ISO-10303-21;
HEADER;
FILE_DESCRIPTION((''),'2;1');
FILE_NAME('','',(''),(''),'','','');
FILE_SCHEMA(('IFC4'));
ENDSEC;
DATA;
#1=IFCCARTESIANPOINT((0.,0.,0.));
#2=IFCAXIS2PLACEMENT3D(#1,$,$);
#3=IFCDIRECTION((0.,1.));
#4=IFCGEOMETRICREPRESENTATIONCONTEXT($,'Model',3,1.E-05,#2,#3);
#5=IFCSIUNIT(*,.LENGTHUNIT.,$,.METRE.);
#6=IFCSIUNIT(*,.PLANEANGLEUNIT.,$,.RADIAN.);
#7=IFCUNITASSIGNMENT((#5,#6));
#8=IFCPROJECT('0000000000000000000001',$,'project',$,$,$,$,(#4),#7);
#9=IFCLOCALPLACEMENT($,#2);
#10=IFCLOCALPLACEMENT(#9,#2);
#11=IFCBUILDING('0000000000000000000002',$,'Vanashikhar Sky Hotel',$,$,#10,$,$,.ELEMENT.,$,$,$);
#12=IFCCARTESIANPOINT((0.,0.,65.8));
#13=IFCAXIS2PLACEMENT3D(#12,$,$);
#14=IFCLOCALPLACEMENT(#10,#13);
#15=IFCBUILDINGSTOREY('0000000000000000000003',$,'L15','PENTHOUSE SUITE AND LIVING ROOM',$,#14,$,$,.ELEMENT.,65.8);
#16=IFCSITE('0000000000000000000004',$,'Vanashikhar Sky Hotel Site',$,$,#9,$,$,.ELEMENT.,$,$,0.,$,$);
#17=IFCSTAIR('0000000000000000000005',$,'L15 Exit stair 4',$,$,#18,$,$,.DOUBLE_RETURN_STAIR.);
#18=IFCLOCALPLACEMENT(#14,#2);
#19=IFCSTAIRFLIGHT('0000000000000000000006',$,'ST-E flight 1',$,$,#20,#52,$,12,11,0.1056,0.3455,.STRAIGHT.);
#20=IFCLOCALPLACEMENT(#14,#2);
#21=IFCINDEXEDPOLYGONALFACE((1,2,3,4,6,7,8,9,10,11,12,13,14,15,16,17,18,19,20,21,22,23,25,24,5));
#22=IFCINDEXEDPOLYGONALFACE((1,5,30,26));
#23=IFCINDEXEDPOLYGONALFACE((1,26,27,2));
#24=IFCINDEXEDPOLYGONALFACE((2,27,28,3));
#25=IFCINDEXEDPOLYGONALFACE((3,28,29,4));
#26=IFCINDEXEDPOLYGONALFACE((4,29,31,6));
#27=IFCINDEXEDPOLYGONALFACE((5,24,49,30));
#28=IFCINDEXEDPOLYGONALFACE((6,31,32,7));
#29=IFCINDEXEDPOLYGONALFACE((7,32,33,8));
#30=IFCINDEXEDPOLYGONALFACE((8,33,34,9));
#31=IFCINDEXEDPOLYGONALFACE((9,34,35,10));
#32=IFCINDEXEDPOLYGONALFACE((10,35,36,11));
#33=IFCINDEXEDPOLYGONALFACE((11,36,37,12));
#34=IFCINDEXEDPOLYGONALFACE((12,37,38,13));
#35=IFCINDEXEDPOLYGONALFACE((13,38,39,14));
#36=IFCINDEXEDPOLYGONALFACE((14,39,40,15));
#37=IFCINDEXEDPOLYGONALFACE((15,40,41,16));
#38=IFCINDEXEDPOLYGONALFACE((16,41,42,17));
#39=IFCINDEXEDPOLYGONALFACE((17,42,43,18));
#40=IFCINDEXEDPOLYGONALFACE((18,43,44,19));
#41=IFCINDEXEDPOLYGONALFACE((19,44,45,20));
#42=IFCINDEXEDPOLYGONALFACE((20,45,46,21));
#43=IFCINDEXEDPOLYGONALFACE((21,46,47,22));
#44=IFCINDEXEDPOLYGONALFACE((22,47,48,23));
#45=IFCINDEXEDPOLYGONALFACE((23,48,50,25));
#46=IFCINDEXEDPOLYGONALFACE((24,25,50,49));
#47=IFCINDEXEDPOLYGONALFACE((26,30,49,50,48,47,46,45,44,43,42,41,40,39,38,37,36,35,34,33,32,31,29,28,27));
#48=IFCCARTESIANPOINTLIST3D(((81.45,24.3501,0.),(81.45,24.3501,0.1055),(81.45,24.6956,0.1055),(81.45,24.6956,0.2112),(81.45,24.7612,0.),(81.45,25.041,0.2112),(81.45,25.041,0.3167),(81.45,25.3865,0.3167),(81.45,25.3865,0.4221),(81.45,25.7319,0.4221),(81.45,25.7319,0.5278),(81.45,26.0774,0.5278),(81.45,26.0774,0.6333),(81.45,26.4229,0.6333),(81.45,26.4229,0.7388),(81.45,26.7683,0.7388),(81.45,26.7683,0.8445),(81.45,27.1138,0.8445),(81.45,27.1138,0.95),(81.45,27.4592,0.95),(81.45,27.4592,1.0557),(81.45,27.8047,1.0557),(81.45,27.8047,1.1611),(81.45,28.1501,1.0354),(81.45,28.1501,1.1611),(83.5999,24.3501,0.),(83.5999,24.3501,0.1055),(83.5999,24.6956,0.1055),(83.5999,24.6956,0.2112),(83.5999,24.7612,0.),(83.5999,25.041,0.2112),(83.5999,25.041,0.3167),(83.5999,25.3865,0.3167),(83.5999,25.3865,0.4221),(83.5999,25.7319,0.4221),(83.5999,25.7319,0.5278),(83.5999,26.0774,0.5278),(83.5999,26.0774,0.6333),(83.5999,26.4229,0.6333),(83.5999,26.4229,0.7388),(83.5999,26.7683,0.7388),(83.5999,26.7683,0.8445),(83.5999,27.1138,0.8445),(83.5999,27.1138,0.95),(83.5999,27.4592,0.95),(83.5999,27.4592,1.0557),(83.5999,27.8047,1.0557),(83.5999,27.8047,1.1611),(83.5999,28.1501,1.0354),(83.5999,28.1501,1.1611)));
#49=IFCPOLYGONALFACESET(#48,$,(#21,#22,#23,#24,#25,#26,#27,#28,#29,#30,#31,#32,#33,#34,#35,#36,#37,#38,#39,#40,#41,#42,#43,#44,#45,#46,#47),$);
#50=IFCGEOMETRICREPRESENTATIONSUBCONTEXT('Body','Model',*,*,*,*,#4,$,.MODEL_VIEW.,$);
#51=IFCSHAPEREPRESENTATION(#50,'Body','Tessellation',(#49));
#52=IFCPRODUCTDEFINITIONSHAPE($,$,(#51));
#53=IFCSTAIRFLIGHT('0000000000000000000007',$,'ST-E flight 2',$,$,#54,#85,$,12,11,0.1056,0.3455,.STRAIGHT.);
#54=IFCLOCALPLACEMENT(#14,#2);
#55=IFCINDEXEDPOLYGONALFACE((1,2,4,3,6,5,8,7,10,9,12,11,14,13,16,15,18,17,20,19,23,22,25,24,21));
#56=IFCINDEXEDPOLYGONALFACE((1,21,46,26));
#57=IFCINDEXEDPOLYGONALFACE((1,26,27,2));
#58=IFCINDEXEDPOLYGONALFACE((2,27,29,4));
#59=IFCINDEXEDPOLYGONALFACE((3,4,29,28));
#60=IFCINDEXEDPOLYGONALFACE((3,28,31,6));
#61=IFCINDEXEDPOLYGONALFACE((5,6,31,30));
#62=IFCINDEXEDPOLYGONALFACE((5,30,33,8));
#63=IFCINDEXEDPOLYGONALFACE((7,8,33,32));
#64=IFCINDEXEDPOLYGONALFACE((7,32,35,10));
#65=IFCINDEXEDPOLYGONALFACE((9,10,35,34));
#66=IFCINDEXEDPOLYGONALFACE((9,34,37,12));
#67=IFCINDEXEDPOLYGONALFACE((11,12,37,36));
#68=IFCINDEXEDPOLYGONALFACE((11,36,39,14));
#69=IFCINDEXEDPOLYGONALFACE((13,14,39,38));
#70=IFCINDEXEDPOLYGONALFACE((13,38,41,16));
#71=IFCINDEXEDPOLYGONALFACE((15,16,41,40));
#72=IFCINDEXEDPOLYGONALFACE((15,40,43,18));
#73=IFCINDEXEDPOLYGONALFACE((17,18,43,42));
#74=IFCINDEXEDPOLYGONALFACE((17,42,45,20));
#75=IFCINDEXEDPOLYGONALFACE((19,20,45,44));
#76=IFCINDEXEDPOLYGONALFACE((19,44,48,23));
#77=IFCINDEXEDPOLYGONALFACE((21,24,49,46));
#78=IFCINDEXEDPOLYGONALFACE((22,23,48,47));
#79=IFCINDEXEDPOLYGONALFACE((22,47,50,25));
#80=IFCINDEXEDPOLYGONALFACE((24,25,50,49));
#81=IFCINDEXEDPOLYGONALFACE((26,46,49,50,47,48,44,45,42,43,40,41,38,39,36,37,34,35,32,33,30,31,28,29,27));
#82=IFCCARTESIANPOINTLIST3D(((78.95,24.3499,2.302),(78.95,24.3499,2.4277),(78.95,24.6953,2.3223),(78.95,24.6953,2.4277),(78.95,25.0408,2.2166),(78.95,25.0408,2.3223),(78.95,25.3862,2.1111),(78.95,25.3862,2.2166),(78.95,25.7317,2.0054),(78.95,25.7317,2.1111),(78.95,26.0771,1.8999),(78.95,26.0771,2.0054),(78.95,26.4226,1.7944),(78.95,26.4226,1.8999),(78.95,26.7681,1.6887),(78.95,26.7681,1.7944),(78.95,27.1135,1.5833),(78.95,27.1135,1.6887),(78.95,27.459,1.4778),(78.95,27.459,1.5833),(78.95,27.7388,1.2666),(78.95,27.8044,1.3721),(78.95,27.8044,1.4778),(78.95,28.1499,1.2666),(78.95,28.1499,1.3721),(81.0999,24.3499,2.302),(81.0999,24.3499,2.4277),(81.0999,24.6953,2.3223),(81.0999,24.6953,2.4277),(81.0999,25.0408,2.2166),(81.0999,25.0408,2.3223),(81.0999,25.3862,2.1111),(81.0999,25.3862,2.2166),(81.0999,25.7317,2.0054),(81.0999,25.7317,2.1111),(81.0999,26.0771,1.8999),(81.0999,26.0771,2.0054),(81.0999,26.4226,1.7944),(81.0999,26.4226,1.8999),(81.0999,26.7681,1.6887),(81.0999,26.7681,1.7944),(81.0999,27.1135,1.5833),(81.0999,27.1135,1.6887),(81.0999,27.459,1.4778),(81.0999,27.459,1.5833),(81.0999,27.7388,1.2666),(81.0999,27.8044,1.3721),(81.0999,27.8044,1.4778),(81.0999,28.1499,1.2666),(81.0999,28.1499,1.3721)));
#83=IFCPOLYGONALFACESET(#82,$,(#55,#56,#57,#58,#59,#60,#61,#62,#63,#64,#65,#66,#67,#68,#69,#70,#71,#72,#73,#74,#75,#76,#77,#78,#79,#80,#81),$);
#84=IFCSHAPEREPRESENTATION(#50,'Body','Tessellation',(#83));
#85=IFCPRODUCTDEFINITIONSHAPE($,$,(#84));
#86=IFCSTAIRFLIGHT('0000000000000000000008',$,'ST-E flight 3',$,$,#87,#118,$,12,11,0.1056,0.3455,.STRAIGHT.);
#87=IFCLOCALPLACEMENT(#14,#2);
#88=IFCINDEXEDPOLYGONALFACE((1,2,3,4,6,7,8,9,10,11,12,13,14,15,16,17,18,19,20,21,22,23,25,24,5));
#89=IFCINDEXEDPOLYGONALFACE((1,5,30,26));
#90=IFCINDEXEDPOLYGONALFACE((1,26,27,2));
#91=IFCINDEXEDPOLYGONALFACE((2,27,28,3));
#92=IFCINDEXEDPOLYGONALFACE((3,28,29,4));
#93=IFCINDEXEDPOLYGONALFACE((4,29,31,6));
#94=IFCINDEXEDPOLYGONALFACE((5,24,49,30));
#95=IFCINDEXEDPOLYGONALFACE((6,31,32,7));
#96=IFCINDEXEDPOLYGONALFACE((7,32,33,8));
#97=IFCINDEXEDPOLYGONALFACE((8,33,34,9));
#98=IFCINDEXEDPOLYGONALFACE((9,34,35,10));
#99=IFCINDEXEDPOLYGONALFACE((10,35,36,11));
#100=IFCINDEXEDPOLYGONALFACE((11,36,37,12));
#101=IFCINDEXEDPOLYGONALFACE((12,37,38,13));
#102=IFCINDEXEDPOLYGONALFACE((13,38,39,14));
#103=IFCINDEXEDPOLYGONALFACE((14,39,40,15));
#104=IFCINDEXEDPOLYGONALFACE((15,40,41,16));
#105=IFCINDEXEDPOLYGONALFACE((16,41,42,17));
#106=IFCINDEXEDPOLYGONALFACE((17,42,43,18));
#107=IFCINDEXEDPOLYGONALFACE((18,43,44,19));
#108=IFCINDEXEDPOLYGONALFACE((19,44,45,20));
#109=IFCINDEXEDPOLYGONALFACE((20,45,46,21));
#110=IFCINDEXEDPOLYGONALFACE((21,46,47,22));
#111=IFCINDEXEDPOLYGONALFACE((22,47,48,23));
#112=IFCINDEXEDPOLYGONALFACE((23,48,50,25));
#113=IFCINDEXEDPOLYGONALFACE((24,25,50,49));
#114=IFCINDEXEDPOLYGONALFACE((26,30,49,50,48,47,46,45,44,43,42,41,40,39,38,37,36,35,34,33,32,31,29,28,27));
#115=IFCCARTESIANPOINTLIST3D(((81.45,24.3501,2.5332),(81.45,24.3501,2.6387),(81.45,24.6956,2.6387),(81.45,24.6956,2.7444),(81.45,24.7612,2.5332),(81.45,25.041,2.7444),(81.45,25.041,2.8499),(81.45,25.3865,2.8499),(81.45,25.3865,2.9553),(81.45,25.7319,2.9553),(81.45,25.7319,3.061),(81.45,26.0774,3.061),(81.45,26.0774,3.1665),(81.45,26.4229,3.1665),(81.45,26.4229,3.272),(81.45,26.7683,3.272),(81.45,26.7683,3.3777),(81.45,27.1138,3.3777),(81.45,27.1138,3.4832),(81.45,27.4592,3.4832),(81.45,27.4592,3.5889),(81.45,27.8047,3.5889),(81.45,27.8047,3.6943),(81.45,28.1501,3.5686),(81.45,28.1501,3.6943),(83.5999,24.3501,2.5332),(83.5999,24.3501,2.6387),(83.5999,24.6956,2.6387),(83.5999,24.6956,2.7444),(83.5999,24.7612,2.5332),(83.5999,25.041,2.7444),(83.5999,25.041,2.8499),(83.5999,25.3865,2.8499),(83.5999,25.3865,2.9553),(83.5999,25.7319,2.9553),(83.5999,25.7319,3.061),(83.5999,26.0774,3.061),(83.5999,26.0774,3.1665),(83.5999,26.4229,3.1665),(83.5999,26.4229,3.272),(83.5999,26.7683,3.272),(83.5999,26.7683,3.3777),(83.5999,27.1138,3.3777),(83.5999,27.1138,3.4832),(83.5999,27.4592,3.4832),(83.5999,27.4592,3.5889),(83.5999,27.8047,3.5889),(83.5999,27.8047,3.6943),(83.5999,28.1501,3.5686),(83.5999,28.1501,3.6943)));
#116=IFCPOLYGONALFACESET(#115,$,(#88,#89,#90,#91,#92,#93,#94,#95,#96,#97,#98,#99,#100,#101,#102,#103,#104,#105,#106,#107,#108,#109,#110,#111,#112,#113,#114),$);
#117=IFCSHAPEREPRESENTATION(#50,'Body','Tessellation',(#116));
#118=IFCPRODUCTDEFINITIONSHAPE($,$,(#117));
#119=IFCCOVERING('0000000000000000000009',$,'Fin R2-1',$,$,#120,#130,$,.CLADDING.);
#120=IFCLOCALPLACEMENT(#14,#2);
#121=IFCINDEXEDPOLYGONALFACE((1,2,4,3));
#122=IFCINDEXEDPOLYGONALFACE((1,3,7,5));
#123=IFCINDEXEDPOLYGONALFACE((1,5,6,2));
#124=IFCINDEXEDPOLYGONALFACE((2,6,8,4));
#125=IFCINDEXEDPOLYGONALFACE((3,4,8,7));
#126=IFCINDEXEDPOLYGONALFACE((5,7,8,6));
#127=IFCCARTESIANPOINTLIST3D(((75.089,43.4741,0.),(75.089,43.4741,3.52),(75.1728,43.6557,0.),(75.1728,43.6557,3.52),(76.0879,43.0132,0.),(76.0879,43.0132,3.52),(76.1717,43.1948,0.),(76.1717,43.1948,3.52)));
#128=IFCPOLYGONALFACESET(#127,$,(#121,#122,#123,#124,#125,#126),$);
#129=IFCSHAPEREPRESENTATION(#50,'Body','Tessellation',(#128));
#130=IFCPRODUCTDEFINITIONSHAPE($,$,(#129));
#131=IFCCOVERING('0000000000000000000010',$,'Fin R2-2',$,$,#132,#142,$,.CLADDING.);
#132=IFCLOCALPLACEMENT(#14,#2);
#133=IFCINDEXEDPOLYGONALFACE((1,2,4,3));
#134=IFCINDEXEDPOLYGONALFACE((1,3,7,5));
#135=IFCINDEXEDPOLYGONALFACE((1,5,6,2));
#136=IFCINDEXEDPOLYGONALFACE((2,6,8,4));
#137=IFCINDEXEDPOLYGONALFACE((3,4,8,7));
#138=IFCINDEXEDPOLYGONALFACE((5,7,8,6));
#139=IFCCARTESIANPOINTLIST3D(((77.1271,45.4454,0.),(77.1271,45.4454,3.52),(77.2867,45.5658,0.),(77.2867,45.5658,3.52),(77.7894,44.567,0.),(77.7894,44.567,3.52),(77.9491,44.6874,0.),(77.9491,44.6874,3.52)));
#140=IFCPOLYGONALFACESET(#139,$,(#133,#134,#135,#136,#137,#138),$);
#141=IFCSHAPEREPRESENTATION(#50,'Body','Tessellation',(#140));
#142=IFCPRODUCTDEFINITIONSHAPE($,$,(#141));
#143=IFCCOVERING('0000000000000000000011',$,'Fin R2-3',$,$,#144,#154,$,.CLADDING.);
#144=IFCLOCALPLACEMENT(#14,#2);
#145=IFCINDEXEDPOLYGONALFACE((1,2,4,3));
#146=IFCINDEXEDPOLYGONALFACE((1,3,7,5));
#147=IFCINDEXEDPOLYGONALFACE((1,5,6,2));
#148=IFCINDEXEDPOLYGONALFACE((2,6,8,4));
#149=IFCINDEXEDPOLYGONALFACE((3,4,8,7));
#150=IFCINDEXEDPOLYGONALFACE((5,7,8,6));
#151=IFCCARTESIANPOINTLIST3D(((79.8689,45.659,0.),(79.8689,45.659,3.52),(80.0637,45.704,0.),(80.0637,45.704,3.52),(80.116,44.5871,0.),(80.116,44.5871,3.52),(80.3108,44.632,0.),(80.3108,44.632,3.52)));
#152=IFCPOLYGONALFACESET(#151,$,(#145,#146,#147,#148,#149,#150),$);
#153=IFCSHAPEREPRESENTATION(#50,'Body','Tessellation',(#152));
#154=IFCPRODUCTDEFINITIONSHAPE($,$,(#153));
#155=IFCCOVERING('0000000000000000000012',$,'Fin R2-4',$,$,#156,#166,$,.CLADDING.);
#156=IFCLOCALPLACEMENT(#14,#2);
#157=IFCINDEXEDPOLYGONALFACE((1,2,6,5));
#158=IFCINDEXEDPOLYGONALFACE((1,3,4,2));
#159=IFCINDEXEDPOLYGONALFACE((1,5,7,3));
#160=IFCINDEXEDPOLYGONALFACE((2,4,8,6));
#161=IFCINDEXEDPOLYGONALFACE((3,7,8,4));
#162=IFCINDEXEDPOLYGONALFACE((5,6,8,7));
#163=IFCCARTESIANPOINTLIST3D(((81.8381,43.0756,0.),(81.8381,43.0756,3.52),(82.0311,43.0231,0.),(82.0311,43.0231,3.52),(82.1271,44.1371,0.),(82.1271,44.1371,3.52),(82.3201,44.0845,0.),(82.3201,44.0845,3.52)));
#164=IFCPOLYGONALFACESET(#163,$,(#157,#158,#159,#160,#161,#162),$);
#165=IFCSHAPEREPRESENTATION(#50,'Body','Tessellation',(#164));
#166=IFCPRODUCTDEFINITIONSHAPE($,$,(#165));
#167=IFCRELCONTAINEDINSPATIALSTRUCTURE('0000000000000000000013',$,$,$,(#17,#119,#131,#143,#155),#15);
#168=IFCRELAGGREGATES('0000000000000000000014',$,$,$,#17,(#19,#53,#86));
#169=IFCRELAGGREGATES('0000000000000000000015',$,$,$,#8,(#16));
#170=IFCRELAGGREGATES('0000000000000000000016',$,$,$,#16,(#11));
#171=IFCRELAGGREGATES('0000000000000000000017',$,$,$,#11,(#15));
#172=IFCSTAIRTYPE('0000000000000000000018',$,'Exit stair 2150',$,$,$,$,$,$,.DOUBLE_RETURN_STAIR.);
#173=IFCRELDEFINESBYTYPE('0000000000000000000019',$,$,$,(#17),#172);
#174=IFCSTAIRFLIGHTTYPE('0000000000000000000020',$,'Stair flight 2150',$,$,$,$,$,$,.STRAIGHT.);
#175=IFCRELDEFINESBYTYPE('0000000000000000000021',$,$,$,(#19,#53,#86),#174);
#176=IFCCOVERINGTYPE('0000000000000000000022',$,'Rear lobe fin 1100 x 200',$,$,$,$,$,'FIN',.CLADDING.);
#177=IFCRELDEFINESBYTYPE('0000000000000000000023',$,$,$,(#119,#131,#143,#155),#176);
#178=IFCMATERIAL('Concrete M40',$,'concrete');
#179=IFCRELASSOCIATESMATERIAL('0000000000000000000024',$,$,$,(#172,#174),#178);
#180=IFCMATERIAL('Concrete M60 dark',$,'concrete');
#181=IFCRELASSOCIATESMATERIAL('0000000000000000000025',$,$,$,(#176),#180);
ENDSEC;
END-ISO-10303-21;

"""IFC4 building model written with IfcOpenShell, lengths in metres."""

from ifc_helpers import new_model, si_unit, direction, frame, origin, origin_2d, place, context, subcontext, project, spatial, polyline, rectangle, outline, extrude, source, transform, mapped, material, material_profile, profile_set, type_object, element, aggregate, save


model = new_model("IFC4")

# Units and contexts
model_context = context("Model", 3, precision=1e-05, world=origin(), true_north=direction((0.0, 1.0)))
body_context = subcontext(model_context, "Body", "Model", "MODEL_VIEW")
ifc_project = project(units=[si_unit("LENGTHUNIT", "METRE"), si_unit("PLANEANGLEUNIT", "RADIAN")], contexts=[model_context])

# Site, building, storey
site_placement = place(None, origin())
site = spatial("IfcSite", under=ifc_project, at=site_placement, Name="Vanashikhar Sky Hotel Site", CompositionType="ELEMENT", RefElevation=0.0)
building_placement = place(site_placement, origin())
building = spatial("IfcBuilding", under=site, at=building_placement, Name="Vanashikhar Sky Hotel", CompositionType="ELEMENT")
storey_placement = place(building_placement, frame((0.0, 0.0, 65.8)))
storey = spatial("IfcBuildingStorey", under=building, at=storey_placement, Name="L15", Description="PENTHOUSE SUITE AND LIVING ROOM", CompositionType="ELEMENT", Elevation=65.8)

# Stair, stair flights
ifc_material_1 = material(Name="Concrete M40", Category="concrete")
stair_type = type_object("IfcStairType", Name="Exit stair 2150", PredefinedType="DOUBLE_RETURN_STAIR", material=ifc_material_1)
stair_placement = place(storey_placement, origin())
stair = element("IfcStair", 1, at=stair_placement, inside=storey, type_object=stair_type, Name="L15 Exit stair 4", PredefinedType="DOUBLE_RETURN_STAIR")
stair_flight_type = type_object("IfcStairFlightType", Name="Stair flight 2150", PredefinedType="STRAIGHT", material=ifc_material_1)
shared_shape_1 = source(origin(), body_context, "Body", "SweptSolid", [
    extrude(outline(polyline([(0.0, 0.0), (0.0, 0.1055), (0.3455, 0.1055), (0.3455, 0.2112), (0.6909, 0.2112), (0.6909, 0.3167), (1.0364, 0.3167), (1.0364, 0.4221), (1.3818, 0.4221), (1.3818, 0.5278), (1.7273, 0.5278), (1.7273, 0.6333), (2.0728, 0.6333), (2.0728, 0.7388), (2.4182, 0.7388), (2.4182, 0.8445), (2.7637, 0.8445), (2.7637, 0.95), (3.1091, 0.95), (3.1091, 1.0557), (3.4546, 1.0557), (3.4546, 1.1611), (3.8, 1.1611), (3.8, 1.2666), (3.8, 1.0354), (0.4111, 0.0), (0.0, 0.0)])), frame((0.0, 1.075, 0.0), z_axis=(0.0, -1.0, 0.0), x_axis=(1.0, 0.0, 0.0)), (0.0, 0.0, 1.0), 2.1499),
])
stair_flight_1_placement = place(storey_placement, frame((82.5249, 24.3501, 0.0), z_axis=(0.0, 0.0, 1.0), x_axis=(0.0, 1.0, 0.0)))
stair_flight_1 = element("IfcStairFlight", 2, at=stair_flight_1_placement, type_object=stair_flight_type, Name="ST-E flight 1", NumberOfRisers=12, NumberOfTreads=11, PredefinedType="STRAIGHT", RiserHeight=0.1056, TreadLength=0.3455, context=body_context, shape_type="MappedRepresentation", body=[
    mapped(shared_shape_1, transform((0.0, 0.0, 0.0), scale=1.0)),
])
stair_flight_2_placement = place(storey_placement, frame((80.0249, 28.1499, 1.2666), z_axis=(0.0, 0.0, 1.0), x_axis=(0.0, -1.0, 0.0)))
stair_flight_2 = element("IfcStairFlight", 3, at=stair_flight_2_placement, type_object=stair_flight_type, Name="ST-E flight 2", NumberOfRisers=12, NumberOfTreads=11, PredefinedType="STRAIGHT", RiserHeight=0.1056, TreadLength=0.3455, context=body_context, shape_type="MappedRepresentation", body=[
    mapped(shared_shape_1, transform((0.0, 0.0, 0.0), scale=1.0)),
])
stair_flight_3_placement = place(storey_placement, frame((82.5249, 24.3501, 2.5332), z_axis=(0.0, 0.0, 1.0), x_axis=(0.0, 1.0, 0.0)))
stair_flight_3 = element("IfcStairFlight", 4, at=stair_flight_3_placement, type_object=stair_flight_type, Name="ST-E flight 3", NumberOfRisers=12, NumberOfTreads=11, PredefinedType="STRAIGHT", RiserHeight=0.1056, TreadLength=0.3455, context=body_context, shape_type="MappedRepresentation", body=[
    mapped(shared_shape_1, transform((0.0, 0.0, 0.0), scale=1.0)),
])
aggregate(stair, [stair_flight_1, stair_flight_2, stair_flight_3])

# Coverings
ifc_material_2 = material(Name="Concrete M60 dark", Category="concrete")
ifc_material_profile_1 = material_profile(ifc_material_2, rectangle(XDim=1.1001, YDim=0.2, at=origin_2d()))
ifc_profile_set_1 = profile_set([ifc_material_profile_1], Name="Rear lobe fin 1100 x 200")
covering_type = type_object("IfcCoveringType", Name="Rear lobe fin 1100 x 200", ElementType="FIN", PredefinedType="CLADDING", material=ifc_profile_set_1)
shared_shape_2 = source(origin(), body_context, "Body", "SweptSolid", [
    extrude(rectangle(XDim=1.1001, YDim=0.2, at=origin_2d()), origin(), (0.0, 0.0, 1.0), 3.52),
])
for number, where, z_axis, x_axis, name in (
    (5, (75.6304, 43.3345, 0.0), (0.0, 0.0, 1.0), (-0.908004, 0.418961, 0.0), "Fin R2-1"),
    (6, (77.5381, 45.0664, 0.0), (0.0, 0.0, 1.0), (-0.602066, 0.798446, 0.0), "Fin R2-2"),
    (7, (80.0898, 45.1455, 0.0), (0.0, 0.0, 1.0), (-0.224645, 0.974441, 0.0), "Fin R2-3"),
    (8, (82.0791, 43.5801, 0.0), (0.0, 0.0, 1.0), (0.262711, 0.964874, 0.0), "Fin R2-4"),
):
    element("IfcCovering", number, at=place(storey_placement, frame(where, z_axis=z_axis, x_axis=x_axis)), inside=storey, type_object=covering_type, Name=name, PredefinedType="CLADDING", context=body_context, shape_type="MappedRepresentation", body=[
        mapped(shared_shape_2, transform((0.0, 0.0, 0.0), scale=1.0)),
    ])

save(model, "model.ifc")
